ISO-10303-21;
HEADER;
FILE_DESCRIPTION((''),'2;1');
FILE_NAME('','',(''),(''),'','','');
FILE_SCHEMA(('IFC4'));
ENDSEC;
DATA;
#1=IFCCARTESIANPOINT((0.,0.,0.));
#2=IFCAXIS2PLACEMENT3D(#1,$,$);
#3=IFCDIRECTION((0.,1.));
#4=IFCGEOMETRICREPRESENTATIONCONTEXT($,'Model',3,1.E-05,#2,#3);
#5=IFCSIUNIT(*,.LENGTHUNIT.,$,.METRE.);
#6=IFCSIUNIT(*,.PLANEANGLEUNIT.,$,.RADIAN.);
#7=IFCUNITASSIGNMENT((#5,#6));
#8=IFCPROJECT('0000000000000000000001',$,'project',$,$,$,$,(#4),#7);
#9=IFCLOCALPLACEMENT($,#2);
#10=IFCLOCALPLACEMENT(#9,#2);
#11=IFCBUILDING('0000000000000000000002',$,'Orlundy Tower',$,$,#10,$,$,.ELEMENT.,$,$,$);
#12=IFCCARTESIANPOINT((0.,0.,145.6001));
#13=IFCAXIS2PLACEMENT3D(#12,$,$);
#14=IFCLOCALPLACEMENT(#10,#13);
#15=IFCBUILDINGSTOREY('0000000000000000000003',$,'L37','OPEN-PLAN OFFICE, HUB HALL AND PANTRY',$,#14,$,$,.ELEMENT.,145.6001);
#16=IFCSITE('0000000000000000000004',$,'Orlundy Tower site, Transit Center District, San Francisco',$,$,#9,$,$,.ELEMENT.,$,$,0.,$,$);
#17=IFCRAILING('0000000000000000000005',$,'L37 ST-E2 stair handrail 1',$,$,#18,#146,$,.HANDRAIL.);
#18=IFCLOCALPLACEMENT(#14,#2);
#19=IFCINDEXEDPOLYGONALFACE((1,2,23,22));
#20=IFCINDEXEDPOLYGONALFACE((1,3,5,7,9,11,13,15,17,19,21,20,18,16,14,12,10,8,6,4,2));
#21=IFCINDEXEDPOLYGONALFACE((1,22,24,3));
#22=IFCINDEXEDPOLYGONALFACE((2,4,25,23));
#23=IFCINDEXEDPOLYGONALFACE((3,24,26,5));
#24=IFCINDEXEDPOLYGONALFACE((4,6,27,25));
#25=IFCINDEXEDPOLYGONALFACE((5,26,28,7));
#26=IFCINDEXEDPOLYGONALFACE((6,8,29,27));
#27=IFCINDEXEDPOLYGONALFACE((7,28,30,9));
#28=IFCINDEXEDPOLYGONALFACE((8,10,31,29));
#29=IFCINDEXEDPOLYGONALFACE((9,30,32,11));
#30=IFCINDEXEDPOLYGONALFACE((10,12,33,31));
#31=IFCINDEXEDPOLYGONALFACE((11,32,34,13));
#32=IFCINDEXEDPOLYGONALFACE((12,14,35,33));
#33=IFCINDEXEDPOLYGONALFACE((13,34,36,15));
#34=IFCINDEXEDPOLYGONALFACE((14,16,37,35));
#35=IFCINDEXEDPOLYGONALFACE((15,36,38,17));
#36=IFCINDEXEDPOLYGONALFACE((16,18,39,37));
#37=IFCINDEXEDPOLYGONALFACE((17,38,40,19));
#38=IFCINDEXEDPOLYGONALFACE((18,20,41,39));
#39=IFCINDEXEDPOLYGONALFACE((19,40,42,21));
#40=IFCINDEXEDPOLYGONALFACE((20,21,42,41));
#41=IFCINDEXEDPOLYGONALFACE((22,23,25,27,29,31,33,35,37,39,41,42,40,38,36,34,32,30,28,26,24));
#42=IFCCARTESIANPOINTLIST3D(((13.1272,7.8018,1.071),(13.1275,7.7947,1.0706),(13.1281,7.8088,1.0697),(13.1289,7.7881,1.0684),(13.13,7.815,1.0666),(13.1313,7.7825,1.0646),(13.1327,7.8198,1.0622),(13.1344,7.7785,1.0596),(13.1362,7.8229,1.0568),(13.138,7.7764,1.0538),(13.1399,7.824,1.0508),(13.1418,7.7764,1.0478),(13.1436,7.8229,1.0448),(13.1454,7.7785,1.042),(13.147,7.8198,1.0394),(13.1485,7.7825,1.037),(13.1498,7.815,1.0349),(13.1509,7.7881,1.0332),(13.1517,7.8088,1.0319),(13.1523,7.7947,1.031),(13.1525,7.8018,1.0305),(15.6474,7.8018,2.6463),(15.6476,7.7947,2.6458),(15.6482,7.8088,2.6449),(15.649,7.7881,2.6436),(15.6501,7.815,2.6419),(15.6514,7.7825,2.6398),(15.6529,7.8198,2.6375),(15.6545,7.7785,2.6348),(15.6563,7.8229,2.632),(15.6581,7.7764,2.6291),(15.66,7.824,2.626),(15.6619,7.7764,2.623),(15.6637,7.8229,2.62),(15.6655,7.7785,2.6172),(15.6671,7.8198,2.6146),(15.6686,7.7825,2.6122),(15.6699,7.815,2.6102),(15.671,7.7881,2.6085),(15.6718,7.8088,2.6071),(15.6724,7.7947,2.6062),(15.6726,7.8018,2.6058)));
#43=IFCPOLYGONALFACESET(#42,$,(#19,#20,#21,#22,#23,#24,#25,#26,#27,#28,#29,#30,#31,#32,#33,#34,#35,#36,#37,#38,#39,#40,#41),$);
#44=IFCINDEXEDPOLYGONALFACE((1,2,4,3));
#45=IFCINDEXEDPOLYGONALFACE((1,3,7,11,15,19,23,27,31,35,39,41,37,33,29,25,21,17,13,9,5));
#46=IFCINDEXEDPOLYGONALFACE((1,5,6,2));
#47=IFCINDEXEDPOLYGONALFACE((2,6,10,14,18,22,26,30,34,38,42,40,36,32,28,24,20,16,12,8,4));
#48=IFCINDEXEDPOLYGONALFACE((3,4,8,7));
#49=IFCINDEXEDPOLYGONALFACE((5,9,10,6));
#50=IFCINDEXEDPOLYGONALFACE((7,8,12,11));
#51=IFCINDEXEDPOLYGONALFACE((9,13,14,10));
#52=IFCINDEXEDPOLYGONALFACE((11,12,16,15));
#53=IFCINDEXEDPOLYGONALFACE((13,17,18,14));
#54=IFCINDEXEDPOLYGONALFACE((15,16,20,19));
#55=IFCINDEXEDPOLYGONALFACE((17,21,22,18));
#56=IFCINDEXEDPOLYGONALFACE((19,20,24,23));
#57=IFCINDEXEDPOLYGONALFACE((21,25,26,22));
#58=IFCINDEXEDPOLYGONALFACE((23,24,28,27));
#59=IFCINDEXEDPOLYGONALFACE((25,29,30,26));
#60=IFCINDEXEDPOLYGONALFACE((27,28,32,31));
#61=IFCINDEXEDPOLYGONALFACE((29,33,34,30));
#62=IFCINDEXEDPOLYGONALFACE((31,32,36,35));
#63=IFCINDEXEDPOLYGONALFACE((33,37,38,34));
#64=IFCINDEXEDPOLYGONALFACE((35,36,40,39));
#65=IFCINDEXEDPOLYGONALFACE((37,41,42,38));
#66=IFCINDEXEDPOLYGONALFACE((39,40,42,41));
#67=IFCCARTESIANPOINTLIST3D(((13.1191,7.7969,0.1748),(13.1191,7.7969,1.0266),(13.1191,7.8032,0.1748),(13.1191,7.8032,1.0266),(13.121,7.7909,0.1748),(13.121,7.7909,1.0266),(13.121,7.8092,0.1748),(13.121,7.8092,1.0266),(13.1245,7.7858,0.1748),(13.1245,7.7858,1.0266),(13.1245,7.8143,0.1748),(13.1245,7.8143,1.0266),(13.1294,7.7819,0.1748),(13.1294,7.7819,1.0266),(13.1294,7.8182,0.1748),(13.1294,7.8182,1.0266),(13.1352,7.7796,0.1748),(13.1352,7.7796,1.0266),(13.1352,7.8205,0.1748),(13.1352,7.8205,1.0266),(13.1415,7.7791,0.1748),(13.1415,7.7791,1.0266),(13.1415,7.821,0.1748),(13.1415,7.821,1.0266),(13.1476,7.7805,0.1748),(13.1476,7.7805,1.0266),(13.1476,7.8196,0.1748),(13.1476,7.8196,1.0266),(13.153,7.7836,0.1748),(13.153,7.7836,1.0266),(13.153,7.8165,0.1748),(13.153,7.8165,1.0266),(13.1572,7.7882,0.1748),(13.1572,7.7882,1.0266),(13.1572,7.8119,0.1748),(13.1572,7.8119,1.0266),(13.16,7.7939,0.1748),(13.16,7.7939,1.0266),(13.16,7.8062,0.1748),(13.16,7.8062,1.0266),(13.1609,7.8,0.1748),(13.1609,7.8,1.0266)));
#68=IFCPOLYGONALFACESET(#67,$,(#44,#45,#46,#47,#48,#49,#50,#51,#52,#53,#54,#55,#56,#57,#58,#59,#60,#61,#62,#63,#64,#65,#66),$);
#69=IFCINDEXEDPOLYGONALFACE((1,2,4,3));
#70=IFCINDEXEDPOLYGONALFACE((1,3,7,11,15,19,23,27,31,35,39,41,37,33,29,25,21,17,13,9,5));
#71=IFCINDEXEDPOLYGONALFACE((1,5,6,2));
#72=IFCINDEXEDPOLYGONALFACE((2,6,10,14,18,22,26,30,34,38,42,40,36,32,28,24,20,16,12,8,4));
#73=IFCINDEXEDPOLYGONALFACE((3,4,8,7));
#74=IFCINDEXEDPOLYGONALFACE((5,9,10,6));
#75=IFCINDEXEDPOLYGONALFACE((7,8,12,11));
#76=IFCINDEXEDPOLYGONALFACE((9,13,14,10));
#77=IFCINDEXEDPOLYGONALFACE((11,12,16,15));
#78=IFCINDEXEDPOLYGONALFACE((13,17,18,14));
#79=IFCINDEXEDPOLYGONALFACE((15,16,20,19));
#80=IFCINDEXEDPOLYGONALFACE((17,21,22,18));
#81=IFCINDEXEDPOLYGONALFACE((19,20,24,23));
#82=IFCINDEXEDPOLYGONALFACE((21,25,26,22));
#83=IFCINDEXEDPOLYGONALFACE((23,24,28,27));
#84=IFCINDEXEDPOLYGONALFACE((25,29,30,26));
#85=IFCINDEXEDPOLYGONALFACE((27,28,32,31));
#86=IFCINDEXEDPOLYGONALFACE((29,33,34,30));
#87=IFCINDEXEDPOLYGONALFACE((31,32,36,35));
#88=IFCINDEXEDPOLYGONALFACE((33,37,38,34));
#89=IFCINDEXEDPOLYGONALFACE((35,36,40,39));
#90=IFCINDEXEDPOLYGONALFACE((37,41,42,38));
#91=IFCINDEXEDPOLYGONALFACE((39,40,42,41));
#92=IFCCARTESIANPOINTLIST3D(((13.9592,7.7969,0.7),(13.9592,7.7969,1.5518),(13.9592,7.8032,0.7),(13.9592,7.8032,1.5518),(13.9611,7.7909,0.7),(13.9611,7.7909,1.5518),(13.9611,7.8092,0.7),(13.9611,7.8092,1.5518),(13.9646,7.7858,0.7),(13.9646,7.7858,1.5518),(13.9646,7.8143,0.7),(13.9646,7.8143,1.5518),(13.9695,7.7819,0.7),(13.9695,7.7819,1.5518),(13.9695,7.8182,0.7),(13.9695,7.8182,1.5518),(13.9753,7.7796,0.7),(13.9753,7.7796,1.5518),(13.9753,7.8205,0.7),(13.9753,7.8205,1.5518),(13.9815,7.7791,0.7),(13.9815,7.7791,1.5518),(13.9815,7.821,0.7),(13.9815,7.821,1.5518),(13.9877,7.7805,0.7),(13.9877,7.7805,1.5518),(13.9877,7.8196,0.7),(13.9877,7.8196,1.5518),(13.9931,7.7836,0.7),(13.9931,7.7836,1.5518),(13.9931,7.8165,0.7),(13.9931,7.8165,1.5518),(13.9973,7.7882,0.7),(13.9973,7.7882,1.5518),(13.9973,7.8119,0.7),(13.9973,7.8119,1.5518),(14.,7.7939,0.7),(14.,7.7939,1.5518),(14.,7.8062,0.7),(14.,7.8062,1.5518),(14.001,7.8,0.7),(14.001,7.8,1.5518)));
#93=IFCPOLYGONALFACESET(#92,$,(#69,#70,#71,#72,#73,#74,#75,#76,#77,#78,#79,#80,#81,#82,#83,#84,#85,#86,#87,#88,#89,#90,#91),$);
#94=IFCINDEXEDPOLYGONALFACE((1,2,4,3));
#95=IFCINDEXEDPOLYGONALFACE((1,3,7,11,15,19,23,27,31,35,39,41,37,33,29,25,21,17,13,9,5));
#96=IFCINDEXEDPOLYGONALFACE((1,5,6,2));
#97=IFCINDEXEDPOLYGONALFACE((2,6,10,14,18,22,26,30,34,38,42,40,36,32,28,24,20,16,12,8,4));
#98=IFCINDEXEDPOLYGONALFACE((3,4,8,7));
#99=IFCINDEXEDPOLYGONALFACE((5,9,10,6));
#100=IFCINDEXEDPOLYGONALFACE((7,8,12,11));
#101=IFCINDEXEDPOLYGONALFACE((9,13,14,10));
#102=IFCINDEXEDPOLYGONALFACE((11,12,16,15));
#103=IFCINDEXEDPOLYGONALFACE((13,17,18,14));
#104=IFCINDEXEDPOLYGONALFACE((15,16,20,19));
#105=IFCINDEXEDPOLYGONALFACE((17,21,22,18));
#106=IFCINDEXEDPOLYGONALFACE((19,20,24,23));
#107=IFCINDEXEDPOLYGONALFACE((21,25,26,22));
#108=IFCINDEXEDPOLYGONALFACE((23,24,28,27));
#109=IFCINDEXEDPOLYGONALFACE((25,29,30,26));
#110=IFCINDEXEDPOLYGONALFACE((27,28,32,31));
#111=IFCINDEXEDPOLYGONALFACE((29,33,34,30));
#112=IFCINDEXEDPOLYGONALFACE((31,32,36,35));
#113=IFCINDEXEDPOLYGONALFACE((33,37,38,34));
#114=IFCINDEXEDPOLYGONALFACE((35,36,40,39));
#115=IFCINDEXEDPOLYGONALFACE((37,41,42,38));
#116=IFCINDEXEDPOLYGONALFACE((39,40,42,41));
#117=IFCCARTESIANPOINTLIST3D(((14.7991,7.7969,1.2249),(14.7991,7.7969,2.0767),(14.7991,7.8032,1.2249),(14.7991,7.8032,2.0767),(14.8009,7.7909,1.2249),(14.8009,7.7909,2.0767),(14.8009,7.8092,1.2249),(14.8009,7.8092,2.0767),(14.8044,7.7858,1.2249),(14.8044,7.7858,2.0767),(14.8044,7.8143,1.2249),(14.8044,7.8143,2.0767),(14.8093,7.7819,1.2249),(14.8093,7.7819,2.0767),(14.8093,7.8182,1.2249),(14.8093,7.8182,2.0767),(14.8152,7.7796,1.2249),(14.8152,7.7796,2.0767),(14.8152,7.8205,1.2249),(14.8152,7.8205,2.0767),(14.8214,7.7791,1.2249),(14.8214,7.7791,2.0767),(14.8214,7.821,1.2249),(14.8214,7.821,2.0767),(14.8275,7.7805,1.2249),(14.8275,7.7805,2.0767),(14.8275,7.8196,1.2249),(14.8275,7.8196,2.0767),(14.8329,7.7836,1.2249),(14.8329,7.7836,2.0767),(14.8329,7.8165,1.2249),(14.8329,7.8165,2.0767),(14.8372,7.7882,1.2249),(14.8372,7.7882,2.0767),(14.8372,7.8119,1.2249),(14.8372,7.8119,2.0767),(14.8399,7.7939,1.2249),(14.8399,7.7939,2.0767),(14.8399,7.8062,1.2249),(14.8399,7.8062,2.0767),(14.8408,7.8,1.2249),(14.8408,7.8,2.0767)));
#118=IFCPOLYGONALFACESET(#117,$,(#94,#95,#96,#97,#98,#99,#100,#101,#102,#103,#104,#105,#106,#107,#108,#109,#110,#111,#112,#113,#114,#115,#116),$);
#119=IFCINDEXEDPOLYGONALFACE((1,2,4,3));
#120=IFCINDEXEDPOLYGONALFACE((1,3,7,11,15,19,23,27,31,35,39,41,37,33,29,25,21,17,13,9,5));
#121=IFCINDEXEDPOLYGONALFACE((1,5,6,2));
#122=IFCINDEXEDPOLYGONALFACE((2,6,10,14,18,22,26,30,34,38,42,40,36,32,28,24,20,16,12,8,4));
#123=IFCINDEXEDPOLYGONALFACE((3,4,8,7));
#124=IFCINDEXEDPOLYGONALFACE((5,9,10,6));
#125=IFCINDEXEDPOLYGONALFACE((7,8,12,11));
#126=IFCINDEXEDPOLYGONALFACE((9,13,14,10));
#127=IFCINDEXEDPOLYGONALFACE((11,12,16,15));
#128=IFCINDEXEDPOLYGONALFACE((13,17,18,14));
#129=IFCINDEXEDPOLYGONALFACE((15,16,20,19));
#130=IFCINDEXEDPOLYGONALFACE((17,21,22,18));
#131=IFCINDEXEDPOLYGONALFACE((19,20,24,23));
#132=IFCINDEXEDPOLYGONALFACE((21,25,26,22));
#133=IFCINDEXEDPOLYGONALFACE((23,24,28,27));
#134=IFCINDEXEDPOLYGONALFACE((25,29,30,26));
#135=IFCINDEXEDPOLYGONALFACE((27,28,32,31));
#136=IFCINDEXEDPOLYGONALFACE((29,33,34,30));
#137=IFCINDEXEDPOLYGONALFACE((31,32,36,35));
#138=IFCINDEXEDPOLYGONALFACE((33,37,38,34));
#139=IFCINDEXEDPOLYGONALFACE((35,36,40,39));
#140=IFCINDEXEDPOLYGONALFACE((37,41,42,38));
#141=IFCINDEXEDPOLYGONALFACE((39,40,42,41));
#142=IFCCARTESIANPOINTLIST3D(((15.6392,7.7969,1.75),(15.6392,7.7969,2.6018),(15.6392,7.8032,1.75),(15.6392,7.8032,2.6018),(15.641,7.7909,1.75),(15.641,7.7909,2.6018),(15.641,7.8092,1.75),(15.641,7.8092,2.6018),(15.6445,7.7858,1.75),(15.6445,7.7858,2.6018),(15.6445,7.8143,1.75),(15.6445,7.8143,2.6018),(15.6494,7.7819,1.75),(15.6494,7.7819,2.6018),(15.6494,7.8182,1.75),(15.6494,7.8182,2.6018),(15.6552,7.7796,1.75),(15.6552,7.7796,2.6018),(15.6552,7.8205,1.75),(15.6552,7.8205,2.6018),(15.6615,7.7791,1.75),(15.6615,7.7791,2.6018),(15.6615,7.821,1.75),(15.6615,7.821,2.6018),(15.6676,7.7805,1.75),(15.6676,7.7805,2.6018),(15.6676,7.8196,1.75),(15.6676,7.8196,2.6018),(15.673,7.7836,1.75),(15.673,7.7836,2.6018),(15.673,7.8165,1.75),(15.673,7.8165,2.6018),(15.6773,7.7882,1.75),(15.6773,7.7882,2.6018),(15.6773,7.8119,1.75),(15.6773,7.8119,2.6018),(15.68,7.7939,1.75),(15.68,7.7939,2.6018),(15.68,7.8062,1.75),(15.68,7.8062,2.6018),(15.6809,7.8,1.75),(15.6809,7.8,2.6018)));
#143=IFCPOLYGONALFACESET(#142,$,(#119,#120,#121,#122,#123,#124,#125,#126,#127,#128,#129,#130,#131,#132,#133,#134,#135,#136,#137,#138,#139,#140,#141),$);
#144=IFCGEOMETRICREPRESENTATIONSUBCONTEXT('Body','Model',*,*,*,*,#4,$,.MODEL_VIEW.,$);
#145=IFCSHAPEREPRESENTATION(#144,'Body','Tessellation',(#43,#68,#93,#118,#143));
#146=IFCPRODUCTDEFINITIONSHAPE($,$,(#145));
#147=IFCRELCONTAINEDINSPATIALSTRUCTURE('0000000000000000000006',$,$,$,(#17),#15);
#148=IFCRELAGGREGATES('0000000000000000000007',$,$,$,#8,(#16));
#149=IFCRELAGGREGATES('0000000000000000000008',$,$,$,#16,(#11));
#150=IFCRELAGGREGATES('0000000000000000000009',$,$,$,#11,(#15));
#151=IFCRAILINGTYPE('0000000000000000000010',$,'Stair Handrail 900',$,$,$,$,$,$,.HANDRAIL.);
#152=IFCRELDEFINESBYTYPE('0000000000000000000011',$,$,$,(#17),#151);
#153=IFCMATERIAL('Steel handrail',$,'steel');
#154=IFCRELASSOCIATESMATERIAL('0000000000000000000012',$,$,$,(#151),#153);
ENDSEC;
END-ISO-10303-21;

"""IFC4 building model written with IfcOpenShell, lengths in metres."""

from ifc_helpers import new_model, si_unit, direction, frame, origin, origin_2d, place, context, subcontext, project, spatial, circle, extrude, material, type_object, element, save


model = new_model("IFC4")

# Units and contexts
model_context = context("Model", 3, precision=1e-05, world=origin(), true_north=direction((0.0, 1.0)))
body_context = subcontext(model_context, "Body", "Model", "MODEL_VIEW")
ifc_project = project(units=[si_unit("LENGTHUNIT", "METRE"), si_unit("PLANEANGLEUNIT", "RADIAN")], contexts=[model_context])

# Site, building, storey
site_placement = place(None, origin())
site = spatial("IfcSite", under=ifc_project, at=site_placement, Name="Orlundy Tower site, Transit Center District, San Francisco", CompositionType="ELEMENT", RefElevation=0.0)
building_placement = place(site_placement, origin())
building = spatial("IfcBuilding", under=site, at=building_placement, Name="Orlundy Tower", CompositionType="ELEMENT")
storey_placement = place(building_placement, frame((0.0, 0.0, 145.6001)))
storey = spatial("IfcBuildingStorey", under=building, at=storey_placement, Name="L37", Description="OPEN-PLAN OFFICE, HUB HALL AND PANTRY", CompositionType="ELEMENT", Elevation=145.6001)

# Railing
ifc_material_1 = material(Name="Steel handrail", Category="steel")
railing_type_1 = type_object("IfcRailingType", Name="Stair Handrail 900", PredefinedType="HANDRAIL", material=ifc_material_1)
railing_1_placement = place(storey_placement, frame((13.1399, 7.8, 0.1748)))
element("IfcRailing", 1, at=railing_1_placement, inside=storey, type_object=railing_type_1, Name="L37 ST-E2 stair handrail 1", PredefinedType="HANDRAIL", context=body_context, shape_type="SweptSolid", body=[
    extrude(circle(Radius=0.0239, at=origin_2d()), frame((0.0, 0.0, 0.876), z_axis=(0.847971, 0.0, 0.530043), x_axis=(0.0, 1.0, 0.0)), (0.0, 0.0, 1.0), 2.9719),
    extrude(circle(Radius=0.021, at=origin_2d()), origin(), (0.0, 0.0, 1.0), 0.8518),
    extrude(circle(Radius=0.021, at=origin_2d()), frame((0.8401, 0.0, 0.5251)), (0.0, 0.0, 1.0), 0.8518),
    extrude(circle(Radius=0.021, at=origin_2d()), frame((1.6799, 0.0, 1.05)), (0.0, 0.0, 1.0), 0.8518),
    extrude(circle(Radius=0.021, at=origin_2d()), frame((2.52, 0.0, 1.5752)), (0.0, 0.0, 1.0), 0.8518),
])

save(model, "model.ifc")
